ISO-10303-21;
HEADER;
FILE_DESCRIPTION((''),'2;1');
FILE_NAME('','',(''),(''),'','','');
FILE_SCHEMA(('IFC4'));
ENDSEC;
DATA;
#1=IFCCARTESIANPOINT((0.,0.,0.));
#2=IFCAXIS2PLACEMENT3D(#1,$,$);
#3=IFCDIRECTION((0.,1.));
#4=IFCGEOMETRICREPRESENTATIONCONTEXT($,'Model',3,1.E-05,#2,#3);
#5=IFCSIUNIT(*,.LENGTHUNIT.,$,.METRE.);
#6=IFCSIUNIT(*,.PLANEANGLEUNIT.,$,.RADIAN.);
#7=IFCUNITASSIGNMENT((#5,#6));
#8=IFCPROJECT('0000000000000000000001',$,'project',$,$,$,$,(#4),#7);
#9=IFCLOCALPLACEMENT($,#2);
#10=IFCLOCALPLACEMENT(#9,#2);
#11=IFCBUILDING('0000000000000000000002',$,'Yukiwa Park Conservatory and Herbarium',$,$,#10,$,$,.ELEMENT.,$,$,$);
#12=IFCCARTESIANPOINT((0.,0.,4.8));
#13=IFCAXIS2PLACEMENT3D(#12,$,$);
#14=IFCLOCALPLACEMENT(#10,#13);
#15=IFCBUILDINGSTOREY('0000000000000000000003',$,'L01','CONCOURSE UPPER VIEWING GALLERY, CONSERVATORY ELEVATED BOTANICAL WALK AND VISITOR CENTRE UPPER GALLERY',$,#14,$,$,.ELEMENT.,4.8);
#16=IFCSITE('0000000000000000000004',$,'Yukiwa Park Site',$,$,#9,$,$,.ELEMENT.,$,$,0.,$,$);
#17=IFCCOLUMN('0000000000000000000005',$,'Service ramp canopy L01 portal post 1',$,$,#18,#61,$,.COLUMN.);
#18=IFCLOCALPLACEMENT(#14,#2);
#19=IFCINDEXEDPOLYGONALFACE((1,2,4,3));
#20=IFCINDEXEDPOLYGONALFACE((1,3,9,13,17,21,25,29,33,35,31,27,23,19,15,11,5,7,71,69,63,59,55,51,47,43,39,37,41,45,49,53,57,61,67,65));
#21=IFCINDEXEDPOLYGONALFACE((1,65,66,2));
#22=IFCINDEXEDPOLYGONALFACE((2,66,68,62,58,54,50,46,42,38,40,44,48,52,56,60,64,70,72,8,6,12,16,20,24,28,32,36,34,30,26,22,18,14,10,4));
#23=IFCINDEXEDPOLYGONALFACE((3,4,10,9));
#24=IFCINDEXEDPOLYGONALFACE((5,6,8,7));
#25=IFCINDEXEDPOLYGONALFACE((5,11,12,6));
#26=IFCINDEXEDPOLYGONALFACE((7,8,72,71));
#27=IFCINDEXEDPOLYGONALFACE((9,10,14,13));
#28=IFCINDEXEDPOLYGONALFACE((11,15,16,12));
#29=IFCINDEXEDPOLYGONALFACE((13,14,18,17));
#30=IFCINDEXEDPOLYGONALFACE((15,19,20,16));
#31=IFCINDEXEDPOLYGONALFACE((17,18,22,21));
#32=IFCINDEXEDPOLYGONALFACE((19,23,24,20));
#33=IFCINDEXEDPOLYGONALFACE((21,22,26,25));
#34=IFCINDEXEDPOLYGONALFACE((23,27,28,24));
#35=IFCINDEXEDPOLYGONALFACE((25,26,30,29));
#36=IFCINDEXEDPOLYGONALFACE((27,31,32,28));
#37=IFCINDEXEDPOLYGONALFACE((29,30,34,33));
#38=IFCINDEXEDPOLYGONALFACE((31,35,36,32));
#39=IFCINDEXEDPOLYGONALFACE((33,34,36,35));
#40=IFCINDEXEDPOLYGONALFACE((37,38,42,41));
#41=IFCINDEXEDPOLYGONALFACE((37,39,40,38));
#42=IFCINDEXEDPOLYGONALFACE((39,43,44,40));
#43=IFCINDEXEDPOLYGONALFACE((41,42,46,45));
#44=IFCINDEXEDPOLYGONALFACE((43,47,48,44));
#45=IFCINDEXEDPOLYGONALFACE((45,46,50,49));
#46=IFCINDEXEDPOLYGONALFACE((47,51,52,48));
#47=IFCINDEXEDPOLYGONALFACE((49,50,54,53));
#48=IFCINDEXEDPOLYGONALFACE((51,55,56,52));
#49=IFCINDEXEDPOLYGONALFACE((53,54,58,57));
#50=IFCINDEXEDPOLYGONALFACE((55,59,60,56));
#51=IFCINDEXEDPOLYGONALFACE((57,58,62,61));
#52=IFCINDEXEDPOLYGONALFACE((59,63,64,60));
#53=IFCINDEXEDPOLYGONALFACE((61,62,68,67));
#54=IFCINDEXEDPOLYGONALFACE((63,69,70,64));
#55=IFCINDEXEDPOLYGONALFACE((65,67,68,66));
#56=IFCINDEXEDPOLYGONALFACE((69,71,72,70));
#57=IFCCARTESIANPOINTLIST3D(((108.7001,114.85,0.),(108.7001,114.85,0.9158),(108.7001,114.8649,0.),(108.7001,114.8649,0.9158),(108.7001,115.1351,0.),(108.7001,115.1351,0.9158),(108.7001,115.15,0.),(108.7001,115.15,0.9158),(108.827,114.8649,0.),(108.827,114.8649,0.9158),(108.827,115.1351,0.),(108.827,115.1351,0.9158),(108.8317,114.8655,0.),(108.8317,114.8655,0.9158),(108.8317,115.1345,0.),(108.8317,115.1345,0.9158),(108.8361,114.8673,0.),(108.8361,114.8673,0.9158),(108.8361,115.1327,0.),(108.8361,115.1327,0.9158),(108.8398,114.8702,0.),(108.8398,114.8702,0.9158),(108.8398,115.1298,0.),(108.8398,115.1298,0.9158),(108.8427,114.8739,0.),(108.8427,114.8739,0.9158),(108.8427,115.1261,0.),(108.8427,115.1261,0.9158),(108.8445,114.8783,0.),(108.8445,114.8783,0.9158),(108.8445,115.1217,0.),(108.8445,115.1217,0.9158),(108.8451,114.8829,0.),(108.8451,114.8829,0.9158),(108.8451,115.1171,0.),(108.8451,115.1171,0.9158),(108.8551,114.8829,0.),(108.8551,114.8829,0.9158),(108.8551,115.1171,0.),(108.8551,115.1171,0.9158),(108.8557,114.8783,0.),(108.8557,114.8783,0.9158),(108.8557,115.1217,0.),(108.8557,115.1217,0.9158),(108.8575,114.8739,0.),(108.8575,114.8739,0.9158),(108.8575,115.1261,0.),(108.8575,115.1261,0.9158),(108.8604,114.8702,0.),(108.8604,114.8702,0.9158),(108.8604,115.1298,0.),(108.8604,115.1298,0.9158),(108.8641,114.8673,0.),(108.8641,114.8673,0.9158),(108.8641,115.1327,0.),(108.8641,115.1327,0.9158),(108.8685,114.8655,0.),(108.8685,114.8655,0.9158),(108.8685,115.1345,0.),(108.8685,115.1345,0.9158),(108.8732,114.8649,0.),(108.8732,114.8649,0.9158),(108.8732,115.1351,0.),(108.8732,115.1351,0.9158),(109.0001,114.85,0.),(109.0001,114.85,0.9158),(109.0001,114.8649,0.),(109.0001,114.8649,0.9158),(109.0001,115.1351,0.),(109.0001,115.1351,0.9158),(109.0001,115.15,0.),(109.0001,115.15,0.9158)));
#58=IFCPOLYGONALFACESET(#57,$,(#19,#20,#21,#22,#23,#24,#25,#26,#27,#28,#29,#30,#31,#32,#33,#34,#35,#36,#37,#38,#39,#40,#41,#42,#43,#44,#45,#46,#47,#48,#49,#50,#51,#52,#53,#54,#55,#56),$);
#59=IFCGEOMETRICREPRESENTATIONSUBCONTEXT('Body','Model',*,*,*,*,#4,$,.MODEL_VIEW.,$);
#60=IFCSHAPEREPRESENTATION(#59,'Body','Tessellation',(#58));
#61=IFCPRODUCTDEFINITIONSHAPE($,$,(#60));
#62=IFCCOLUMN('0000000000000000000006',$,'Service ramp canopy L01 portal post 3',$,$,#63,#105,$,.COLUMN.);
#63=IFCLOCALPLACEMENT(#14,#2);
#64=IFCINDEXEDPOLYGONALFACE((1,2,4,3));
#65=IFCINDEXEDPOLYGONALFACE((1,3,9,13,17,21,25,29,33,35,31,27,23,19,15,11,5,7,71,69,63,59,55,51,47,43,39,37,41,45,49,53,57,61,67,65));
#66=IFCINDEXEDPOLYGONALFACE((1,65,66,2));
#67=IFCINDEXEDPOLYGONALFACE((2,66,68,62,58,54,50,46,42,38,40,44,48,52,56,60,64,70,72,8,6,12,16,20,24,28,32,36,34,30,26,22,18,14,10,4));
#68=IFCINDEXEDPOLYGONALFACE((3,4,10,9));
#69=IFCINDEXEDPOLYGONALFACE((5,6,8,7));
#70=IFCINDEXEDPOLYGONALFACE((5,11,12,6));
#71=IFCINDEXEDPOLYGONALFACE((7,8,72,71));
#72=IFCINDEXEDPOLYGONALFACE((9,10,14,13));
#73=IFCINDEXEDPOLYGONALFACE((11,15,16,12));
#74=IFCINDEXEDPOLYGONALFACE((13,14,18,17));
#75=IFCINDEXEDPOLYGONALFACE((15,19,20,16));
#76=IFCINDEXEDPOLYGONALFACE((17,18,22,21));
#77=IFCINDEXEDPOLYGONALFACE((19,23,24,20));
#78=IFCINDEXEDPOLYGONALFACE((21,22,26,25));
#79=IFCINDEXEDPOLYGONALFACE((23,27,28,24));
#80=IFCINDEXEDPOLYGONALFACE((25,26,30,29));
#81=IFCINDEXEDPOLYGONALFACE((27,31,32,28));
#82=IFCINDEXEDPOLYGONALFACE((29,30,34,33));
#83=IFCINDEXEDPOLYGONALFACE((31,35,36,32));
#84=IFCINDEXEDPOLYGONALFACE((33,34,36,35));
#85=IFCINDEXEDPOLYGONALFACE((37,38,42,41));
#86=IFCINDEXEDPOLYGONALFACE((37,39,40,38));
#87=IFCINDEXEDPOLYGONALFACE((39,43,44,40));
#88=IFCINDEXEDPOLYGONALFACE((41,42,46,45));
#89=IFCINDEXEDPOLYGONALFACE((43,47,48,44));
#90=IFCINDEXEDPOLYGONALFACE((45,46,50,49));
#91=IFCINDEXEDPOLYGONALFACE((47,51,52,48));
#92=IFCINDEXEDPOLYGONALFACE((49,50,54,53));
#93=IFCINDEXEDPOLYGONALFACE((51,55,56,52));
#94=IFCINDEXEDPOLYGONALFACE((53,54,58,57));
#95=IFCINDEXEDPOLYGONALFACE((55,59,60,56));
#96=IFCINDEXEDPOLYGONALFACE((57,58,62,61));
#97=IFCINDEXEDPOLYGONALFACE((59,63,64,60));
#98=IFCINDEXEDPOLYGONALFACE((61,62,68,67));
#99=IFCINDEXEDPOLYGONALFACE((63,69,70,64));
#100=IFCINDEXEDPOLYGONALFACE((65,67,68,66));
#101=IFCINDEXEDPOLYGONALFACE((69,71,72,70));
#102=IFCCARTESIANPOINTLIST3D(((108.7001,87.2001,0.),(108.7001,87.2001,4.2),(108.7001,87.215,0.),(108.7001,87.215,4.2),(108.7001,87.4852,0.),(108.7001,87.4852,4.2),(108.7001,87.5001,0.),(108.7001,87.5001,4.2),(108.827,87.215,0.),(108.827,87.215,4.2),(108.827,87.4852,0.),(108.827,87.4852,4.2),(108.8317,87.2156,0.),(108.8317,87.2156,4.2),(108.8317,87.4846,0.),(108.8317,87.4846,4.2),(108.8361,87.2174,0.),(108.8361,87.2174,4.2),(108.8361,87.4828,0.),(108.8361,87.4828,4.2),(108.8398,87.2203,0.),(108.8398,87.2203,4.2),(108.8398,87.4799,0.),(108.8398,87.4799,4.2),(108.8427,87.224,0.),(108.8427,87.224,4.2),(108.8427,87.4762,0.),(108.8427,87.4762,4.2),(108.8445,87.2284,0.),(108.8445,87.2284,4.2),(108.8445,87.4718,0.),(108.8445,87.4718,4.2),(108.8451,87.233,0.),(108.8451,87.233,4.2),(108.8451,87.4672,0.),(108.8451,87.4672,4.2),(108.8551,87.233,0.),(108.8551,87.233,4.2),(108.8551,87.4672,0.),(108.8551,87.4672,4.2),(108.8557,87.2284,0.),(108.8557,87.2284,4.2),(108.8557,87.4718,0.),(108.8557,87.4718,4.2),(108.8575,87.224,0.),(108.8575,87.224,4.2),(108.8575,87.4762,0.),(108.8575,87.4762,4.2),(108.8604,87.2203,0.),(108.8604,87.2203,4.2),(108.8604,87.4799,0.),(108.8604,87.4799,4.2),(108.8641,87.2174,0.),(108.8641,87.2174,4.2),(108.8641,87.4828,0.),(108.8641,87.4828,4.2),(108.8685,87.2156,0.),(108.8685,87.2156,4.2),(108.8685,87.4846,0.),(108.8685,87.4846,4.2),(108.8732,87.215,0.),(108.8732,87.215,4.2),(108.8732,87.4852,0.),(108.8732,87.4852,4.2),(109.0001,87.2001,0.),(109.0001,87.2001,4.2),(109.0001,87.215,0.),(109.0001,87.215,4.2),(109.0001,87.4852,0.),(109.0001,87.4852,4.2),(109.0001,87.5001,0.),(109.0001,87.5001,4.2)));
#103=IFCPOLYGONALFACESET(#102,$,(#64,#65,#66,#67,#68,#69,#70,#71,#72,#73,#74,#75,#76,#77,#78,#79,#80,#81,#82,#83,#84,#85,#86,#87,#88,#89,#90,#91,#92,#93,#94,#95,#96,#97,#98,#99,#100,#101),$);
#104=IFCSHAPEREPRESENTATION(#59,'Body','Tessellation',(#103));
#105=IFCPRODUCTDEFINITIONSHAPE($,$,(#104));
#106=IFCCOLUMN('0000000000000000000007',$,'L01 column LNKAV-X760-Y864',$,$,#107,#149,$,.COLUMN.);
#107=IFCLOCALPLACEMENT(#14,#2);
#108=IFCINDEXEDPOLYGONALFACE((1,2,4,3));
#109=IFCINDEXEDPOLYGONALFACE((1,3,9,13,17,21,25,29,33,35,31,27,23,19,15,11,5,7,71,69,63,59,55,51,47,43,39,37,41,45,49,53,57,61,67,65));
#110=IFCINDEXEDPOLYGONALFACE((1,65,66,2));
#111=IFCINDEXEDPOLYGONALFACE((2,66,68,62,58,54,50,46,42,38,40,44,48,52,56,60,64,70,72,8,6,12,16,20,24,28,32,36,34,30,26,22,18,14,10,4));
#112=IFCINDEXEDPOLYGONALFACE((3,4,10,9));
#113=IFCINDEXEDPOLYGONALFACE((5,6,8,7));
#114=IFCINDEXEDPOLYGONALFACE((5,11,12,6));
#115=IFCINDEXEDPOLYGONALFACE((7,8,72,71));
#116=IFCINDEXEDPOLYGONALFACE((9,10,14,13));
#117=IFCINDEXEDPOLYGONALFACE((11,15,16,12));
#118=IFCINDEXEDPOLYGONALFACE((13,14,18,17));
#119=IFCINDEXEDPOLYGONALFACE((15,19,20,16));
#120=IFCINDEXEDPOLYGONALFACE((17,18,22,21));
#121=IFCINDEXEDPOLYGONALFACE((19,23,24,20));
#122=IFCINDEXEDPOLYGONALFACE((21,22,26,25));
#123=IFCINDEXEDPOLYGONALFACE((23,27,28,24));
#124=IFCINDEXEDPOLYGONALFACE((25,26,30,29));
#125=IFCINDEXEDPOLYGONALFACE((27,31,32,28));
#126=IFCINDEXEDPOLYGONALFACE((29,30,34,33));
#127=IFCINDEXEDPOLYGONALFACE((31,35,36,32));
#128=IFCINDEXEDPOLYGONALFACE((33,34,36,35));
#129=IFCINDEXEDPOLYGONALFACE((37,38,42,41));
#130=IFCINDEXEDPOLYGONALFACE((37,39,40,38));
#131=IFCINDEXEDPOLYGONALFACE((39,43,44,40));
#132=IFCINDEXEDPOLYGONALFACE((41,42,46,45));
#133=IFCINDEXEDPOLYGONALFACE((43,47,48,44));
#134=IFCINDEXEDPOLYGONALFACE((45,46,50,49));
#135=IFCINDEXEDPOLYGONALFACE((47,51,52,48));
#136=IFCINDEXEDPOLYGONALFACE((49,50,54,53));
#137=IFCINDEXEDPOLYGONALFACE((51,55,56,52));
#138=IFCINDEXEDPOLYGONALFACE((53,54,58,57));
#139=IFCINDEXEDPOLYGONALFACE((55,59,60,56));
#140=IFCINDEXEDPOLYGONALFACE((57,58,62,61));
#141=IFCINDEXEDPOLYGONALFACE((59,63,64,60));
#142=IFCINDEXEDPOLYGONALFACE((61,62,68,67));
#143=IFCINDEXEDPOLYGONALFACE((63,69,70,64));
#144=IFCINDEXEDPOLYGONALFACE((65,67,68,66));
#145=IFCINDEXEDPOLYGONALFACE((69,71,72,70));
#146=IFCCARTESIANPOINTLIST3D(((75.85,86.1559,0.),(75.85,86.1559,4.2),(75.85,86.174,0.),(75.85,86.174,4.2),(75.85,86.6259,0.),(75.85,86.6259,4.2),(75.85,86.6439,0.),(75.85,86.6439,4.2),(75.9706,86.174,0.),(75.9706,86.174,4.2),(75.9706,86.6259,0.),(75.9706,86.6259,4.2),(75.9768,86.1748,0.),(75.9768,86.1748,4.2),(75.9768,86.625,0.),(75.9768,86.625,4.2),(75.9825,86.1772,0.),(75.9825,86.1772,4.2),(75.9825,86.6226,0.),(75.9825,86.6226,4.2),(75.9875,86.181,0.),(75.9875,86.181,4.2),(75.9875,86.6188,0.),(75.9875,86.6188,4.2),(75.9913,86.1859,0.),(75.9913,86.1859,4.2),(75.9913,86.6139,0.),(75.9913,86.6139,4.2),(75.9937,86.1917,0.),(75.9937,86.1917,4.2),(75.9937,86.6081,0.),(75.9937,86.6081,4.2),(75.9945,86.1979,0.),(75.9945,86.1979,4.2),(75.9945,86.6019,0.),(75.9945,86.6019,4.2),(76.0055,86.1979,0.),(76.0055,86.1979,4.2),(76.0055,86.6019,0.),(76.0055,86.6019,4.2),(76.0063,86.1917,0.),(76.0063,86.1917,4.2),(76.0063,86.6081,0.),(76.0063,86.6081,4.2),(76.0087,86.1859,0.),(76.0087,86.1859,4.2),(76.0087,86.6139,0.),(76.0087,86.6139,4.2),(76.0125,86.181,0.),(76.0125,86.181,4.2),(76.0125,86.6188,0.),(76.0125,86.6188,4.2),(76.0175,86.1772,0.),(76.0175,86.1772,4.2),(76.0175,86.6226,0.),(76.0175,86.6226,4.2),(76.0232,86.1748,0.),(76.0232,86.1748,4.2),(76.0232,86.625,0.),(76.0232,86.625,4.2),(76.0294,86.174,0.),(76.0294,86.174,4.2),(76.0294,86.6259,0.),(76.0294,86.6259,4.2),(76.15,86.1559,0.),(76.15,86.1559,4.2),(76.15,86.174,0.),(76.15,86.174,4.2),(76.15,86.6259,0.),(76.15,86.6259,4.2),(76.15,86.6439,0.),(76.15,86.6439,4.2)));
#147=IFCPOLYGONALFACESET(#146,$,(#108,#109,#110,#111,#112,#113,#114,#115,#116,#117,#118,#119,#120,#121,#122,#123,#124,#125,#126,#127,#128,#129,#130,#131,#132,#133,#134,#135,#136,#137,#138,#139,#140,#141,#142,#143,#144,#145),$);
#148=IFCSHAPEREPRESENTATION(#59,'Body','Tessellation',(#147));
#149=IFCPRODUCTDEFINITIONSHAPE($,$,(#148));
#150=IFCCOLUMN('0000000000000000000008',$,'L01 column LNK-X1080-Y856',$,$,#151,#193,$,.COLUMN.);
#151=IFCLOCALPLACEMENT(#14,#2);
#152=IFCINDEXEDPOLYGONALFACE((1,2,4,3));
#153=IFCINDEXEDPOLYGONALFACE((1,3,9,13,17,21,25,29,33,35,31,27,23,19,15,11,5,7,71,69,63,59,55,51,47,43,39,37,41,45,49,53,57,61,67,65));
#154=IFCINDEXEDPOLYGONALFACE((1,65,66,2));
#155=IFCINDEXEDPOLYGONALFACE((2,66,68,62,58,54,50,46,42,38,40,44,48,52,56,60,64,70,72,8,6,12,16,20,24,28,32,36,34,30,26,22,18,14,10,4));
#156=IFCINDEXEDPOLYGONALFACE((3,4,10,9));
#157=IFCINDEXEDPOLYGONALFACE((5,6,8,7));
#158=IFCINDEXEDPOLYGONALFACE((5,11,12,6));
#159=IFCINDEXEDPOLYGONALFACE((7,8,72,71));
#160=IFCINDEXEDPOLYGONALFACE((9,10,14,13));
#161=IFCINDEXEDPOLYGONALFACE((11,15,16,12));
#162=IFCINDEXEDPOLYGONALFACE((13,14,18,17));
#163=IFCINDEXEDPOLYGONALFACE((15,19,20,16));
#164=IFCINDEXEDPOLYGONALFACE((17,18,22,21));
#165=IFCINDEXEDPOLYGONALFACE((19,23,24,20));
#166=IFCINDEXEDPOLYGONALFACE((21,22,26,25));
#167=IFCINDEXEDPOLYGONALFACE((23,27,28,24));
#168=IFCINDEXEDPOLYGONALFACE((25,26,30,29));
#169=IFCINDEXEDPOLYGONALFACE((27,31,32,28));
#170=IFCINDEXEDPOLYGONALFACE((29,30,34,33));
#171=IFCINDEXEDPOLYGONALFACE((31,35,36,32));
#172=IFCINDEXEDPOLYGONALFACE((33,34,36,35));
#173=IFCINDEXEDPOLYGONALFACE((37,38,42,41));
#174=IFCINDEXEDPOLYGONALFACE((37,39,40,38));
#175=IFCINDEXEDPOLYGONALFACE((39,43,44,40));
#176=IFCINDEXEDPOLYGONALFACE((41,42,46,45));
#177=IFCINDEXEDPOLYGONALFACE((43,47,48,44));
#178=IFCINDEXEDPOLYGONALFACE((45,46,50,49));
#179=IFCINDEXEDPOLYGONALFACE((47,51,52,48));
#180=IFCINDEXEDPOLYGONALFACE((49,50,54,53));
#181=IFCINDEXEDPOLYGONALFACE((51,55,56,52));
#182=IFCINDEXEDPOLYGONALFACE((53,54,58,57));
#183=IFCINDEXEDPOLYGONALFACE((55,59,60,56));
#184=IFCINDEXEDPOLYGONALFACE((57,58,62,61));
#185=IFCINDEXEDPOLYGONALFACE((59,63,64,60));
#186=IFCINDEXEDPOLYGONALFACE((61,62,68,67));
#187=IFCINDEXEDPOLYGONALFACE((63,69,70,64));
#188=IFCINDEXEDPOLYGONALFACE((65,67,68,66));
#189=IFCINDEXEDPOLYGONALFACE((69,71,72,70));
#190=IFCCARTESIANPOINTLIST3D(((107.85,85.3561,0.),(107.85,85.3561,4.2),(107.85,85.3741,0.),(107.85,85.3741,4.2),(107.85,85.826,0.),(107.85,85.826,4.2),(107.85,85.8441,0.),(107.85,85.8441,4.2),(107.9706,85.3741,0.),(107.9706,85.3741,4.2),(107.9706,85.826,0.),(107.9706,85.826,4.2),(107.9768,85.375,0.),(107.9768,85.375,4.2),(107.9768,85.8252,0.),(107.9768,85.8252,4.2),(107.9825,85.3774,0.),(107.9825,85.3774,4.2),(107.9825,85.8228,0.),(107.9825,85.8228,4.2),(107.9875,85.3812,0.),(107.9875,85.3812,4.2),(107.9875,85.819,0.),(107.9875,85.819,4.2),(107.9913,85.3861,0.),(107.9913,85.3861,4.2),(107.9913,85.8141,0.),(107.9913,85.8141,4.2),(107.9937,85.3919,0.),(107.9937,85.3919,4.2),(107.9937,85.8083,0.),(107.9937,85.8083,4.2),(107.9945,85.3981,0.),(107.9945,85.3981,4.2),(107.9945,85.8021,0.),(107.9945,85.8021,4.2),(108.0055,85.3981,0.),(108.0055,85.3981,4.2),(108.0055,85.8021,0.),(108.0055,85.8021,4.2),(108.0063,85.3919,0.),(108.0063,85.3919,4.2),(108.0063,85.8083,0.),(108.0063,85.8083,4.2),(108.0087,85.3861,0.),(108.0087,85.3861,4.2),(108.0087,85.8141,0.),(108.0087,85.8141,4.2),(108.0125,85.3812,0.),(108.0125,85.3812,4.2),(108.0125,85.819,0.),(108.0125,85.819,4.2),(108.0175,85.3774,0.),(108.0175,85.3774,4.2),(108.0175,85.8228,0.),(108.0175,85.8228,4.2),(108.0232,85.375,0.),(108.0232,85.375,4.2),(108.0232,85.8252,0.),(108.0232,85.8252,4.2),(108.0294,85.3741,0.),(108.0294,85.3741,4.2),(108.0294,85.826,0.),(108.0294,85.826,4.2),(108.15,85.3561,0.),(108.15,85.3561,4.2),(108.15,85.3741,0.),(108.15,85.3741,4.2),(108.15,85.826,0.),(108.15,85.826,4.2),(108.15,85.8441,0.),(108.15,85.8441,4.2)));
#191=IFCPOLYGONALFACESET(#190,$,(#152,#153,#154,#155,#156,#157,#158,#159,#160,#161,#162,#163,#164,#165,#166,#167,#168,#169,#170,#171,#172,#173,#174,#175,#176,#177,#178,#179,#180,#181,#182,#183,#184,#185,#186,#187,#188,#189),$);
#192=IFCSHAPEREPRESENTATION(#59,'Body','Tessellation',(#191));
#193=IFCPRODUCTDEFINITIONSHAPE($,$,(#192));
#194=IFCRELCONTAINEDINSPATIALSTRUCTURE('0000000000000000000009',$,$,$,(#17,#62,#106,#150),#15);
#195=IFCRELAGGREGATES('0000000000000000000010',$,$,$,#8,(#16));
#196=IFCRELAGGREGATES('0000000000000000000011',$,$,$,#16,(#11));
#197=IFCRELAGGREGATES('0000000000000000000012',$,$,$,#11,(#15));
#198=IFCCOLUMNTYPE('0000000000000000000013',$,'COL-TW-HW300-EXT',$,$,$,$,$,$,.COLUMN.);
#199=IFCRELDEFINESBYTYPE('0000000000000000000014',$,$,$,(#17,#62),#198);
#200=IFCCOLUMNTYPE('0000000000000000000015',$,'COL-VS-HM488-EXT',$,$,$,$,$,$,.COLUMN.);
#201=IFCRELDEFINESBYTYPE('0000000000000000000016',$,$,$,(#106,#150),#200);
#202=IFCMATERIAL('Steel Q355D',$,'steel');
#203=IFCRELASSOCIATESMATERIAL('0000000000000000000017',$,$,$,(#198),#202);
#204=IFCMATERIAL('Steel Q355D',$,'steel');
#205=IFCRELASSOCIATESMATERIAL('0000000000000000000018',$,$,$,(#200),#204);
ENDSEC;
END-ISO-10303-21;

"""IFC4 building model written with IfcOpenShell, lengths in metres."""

from ifc_helpers import new_model, si_unit, direction, frame, origin, origin_2d, place, context, subcontext, project, spatial, i_section, extrude, material, material_profile, profile_set, type_object, element, save


model = new_model("IFC4")

# Units and contexts
model_context = context("Model", 3, precision=1e-05, world=origin(), true_north=direction((0.0, 1.0)))
body_context = subcontext(model_context, "Body", "Model", "MODEL_VIEW")
ifc_project = project(units=[si_unit("LENGTHUNIT", "METRE"), si_unit("PLANEANGLEUNIT", "RADIAN")], contexts=[model_context])

# Site, building, storey
site_placement = place(None, origin())
site = spatial("IfcSite", under=ifc_project, at=site_placement, Name="Yukiwa Park Site", CompositionType="ELEMENT", RefElevation=0.0)
building_placement = place(site_placement, origin())
building = spatial("IfcBuilding", under=site, at=building_placement, Name="Yukiwa Park Conservatory and Herbarium", CompositionType="ELEMENT")
storey_placement = place(building_placement, frame((0.0, 0.0, 4.8)))
storey = spatial("IfcBuildingStorey", under=building, at=storey_placement, Name="L01", Description="CONCOURSE UPPER VIEWING GALLERY, CONSERVATORY ELEVATED BOTANICAL WALK AND VISITOR CENTRE UPPER GALLERY", CompositionType="ELEMENT", Elevation=4.8)

# Columns
ifc_material_1 = material(Name="Steel Q355D", Category="steel")
ifc_material_profile_1 = material_profile(ifc_material_1, i_section(OverallWidth=0.3, OverallDepth=0.3, WebThickness=0.01, FlangeThickness=0.0149, FilletRadius=0.0181, at=origin_2d()), Name="HW 300x300x10x15")
ifc_profile_set_1 = profile_set([ifc_material_profile_1], Name="Steel Q355D")
column_type_1 = type_object("IfcColumnType", Name="COL-TW-HW300-EXT", PredefinedType="COLUMN", material=ifc_profile_set_1)
column_1_placement = place(storey_placement, frame((108.8501, 115.0, 0.0), z_axis=(0.0, 0.0, 1.0), x_axis=(1.0, 0.0, 0.0)))
element("IfcColumn", 1, at=column_1_placement, inside=storey, type_object=column_type_1, Name="Service ramp canopy L01 portal post 1", PredefinedType="COLUMN", context=body_context, shape_type="SweptSolid", body=[
    extrude(i_section(OverallWidth=0.3, OverallDepth=0.3, WebThickness=0.01, FlangeThickness=0.0149, FilletRadius=0.0181, at=origin_2d()), origin(), (0.0, 0.0, 1.0), 0.9158),
])
column_2_placement = place(storey_placement, frame((108.8501, 87.3501, 0.0), z_axis=(0.0, 0.0, 1.0), x_axis=(1.0, 0.0, 0.0)))
element("IfcColumn", 2, at=column_2_placement, inside=storey, type_object=column_type_1, Name="Service ramp canopy L01 portal post 3", PredefinedType="COLUMN", context=body_context, shape_type="SweptSolid", body=[
    extrude(i_section(OverallWidth=0.3, OverallDepth=0.3, WebThickness=0.01, FlangeThickness=0.0149, FilletRadius=0.0181, at=origin_2d()), origin(), (0.0, 0.0, 1.0), 4.2),
])
ifc_material_2 = material(Name="Steel Q355D", Category="steel")
ifc_material_profile_2 = material_profile(ifc_material_2, i_section(OverallWidth=0.3, OverallDepth=0.488, WebThickness=0.011, FlangeThickness=0.0181, FilletRadius=0.0239, at=origin_2d()), Name="HM 488x300x11x18")
ifc_profile_set_2 = profile_set([ifc_material_profile_2], Name="Steel Q355D")
column_type_2 = type_object("IfcColumnType", Name="COL-VS-HM488-EXT", PredefinedType="COLUMN", material=ifc_profile_set_2)
for number, where, z_axis, x_axis, name in (
    (3, (76.0, 86.3999, 0.0), (0.0, 0.0, 1.0), (1.0, 0.0, 0.0), "L01 column LNKAV-X760-Y864"),
    (4, (108.0, 85.6001, 0.0), (0.0, 0.0, 1.0), (1.0, 0.0, 0.0), "L01 column LNK-X1080-Y856"),
):
    element("IfcColumn", number, at=place(storey_placement, frame(where, z_axis=z_axis, x_axis=x_axis)), inside=storey, type_object=column_type_2, Name=name, PredefinedType="COLUMN", context=body_context, shape_type="SweptSolid", body=[
        extrude(i_section(OverallWidth=0.3, OverallDepth=0.488, WebThickness=0.011, FlangeThickness=0.0181, FilletRadius=0.0239, at=origin_2d()), origin(), (0.0, 0.0, 1.0), 4.2),
    ])

save(model, "model.ifc")
